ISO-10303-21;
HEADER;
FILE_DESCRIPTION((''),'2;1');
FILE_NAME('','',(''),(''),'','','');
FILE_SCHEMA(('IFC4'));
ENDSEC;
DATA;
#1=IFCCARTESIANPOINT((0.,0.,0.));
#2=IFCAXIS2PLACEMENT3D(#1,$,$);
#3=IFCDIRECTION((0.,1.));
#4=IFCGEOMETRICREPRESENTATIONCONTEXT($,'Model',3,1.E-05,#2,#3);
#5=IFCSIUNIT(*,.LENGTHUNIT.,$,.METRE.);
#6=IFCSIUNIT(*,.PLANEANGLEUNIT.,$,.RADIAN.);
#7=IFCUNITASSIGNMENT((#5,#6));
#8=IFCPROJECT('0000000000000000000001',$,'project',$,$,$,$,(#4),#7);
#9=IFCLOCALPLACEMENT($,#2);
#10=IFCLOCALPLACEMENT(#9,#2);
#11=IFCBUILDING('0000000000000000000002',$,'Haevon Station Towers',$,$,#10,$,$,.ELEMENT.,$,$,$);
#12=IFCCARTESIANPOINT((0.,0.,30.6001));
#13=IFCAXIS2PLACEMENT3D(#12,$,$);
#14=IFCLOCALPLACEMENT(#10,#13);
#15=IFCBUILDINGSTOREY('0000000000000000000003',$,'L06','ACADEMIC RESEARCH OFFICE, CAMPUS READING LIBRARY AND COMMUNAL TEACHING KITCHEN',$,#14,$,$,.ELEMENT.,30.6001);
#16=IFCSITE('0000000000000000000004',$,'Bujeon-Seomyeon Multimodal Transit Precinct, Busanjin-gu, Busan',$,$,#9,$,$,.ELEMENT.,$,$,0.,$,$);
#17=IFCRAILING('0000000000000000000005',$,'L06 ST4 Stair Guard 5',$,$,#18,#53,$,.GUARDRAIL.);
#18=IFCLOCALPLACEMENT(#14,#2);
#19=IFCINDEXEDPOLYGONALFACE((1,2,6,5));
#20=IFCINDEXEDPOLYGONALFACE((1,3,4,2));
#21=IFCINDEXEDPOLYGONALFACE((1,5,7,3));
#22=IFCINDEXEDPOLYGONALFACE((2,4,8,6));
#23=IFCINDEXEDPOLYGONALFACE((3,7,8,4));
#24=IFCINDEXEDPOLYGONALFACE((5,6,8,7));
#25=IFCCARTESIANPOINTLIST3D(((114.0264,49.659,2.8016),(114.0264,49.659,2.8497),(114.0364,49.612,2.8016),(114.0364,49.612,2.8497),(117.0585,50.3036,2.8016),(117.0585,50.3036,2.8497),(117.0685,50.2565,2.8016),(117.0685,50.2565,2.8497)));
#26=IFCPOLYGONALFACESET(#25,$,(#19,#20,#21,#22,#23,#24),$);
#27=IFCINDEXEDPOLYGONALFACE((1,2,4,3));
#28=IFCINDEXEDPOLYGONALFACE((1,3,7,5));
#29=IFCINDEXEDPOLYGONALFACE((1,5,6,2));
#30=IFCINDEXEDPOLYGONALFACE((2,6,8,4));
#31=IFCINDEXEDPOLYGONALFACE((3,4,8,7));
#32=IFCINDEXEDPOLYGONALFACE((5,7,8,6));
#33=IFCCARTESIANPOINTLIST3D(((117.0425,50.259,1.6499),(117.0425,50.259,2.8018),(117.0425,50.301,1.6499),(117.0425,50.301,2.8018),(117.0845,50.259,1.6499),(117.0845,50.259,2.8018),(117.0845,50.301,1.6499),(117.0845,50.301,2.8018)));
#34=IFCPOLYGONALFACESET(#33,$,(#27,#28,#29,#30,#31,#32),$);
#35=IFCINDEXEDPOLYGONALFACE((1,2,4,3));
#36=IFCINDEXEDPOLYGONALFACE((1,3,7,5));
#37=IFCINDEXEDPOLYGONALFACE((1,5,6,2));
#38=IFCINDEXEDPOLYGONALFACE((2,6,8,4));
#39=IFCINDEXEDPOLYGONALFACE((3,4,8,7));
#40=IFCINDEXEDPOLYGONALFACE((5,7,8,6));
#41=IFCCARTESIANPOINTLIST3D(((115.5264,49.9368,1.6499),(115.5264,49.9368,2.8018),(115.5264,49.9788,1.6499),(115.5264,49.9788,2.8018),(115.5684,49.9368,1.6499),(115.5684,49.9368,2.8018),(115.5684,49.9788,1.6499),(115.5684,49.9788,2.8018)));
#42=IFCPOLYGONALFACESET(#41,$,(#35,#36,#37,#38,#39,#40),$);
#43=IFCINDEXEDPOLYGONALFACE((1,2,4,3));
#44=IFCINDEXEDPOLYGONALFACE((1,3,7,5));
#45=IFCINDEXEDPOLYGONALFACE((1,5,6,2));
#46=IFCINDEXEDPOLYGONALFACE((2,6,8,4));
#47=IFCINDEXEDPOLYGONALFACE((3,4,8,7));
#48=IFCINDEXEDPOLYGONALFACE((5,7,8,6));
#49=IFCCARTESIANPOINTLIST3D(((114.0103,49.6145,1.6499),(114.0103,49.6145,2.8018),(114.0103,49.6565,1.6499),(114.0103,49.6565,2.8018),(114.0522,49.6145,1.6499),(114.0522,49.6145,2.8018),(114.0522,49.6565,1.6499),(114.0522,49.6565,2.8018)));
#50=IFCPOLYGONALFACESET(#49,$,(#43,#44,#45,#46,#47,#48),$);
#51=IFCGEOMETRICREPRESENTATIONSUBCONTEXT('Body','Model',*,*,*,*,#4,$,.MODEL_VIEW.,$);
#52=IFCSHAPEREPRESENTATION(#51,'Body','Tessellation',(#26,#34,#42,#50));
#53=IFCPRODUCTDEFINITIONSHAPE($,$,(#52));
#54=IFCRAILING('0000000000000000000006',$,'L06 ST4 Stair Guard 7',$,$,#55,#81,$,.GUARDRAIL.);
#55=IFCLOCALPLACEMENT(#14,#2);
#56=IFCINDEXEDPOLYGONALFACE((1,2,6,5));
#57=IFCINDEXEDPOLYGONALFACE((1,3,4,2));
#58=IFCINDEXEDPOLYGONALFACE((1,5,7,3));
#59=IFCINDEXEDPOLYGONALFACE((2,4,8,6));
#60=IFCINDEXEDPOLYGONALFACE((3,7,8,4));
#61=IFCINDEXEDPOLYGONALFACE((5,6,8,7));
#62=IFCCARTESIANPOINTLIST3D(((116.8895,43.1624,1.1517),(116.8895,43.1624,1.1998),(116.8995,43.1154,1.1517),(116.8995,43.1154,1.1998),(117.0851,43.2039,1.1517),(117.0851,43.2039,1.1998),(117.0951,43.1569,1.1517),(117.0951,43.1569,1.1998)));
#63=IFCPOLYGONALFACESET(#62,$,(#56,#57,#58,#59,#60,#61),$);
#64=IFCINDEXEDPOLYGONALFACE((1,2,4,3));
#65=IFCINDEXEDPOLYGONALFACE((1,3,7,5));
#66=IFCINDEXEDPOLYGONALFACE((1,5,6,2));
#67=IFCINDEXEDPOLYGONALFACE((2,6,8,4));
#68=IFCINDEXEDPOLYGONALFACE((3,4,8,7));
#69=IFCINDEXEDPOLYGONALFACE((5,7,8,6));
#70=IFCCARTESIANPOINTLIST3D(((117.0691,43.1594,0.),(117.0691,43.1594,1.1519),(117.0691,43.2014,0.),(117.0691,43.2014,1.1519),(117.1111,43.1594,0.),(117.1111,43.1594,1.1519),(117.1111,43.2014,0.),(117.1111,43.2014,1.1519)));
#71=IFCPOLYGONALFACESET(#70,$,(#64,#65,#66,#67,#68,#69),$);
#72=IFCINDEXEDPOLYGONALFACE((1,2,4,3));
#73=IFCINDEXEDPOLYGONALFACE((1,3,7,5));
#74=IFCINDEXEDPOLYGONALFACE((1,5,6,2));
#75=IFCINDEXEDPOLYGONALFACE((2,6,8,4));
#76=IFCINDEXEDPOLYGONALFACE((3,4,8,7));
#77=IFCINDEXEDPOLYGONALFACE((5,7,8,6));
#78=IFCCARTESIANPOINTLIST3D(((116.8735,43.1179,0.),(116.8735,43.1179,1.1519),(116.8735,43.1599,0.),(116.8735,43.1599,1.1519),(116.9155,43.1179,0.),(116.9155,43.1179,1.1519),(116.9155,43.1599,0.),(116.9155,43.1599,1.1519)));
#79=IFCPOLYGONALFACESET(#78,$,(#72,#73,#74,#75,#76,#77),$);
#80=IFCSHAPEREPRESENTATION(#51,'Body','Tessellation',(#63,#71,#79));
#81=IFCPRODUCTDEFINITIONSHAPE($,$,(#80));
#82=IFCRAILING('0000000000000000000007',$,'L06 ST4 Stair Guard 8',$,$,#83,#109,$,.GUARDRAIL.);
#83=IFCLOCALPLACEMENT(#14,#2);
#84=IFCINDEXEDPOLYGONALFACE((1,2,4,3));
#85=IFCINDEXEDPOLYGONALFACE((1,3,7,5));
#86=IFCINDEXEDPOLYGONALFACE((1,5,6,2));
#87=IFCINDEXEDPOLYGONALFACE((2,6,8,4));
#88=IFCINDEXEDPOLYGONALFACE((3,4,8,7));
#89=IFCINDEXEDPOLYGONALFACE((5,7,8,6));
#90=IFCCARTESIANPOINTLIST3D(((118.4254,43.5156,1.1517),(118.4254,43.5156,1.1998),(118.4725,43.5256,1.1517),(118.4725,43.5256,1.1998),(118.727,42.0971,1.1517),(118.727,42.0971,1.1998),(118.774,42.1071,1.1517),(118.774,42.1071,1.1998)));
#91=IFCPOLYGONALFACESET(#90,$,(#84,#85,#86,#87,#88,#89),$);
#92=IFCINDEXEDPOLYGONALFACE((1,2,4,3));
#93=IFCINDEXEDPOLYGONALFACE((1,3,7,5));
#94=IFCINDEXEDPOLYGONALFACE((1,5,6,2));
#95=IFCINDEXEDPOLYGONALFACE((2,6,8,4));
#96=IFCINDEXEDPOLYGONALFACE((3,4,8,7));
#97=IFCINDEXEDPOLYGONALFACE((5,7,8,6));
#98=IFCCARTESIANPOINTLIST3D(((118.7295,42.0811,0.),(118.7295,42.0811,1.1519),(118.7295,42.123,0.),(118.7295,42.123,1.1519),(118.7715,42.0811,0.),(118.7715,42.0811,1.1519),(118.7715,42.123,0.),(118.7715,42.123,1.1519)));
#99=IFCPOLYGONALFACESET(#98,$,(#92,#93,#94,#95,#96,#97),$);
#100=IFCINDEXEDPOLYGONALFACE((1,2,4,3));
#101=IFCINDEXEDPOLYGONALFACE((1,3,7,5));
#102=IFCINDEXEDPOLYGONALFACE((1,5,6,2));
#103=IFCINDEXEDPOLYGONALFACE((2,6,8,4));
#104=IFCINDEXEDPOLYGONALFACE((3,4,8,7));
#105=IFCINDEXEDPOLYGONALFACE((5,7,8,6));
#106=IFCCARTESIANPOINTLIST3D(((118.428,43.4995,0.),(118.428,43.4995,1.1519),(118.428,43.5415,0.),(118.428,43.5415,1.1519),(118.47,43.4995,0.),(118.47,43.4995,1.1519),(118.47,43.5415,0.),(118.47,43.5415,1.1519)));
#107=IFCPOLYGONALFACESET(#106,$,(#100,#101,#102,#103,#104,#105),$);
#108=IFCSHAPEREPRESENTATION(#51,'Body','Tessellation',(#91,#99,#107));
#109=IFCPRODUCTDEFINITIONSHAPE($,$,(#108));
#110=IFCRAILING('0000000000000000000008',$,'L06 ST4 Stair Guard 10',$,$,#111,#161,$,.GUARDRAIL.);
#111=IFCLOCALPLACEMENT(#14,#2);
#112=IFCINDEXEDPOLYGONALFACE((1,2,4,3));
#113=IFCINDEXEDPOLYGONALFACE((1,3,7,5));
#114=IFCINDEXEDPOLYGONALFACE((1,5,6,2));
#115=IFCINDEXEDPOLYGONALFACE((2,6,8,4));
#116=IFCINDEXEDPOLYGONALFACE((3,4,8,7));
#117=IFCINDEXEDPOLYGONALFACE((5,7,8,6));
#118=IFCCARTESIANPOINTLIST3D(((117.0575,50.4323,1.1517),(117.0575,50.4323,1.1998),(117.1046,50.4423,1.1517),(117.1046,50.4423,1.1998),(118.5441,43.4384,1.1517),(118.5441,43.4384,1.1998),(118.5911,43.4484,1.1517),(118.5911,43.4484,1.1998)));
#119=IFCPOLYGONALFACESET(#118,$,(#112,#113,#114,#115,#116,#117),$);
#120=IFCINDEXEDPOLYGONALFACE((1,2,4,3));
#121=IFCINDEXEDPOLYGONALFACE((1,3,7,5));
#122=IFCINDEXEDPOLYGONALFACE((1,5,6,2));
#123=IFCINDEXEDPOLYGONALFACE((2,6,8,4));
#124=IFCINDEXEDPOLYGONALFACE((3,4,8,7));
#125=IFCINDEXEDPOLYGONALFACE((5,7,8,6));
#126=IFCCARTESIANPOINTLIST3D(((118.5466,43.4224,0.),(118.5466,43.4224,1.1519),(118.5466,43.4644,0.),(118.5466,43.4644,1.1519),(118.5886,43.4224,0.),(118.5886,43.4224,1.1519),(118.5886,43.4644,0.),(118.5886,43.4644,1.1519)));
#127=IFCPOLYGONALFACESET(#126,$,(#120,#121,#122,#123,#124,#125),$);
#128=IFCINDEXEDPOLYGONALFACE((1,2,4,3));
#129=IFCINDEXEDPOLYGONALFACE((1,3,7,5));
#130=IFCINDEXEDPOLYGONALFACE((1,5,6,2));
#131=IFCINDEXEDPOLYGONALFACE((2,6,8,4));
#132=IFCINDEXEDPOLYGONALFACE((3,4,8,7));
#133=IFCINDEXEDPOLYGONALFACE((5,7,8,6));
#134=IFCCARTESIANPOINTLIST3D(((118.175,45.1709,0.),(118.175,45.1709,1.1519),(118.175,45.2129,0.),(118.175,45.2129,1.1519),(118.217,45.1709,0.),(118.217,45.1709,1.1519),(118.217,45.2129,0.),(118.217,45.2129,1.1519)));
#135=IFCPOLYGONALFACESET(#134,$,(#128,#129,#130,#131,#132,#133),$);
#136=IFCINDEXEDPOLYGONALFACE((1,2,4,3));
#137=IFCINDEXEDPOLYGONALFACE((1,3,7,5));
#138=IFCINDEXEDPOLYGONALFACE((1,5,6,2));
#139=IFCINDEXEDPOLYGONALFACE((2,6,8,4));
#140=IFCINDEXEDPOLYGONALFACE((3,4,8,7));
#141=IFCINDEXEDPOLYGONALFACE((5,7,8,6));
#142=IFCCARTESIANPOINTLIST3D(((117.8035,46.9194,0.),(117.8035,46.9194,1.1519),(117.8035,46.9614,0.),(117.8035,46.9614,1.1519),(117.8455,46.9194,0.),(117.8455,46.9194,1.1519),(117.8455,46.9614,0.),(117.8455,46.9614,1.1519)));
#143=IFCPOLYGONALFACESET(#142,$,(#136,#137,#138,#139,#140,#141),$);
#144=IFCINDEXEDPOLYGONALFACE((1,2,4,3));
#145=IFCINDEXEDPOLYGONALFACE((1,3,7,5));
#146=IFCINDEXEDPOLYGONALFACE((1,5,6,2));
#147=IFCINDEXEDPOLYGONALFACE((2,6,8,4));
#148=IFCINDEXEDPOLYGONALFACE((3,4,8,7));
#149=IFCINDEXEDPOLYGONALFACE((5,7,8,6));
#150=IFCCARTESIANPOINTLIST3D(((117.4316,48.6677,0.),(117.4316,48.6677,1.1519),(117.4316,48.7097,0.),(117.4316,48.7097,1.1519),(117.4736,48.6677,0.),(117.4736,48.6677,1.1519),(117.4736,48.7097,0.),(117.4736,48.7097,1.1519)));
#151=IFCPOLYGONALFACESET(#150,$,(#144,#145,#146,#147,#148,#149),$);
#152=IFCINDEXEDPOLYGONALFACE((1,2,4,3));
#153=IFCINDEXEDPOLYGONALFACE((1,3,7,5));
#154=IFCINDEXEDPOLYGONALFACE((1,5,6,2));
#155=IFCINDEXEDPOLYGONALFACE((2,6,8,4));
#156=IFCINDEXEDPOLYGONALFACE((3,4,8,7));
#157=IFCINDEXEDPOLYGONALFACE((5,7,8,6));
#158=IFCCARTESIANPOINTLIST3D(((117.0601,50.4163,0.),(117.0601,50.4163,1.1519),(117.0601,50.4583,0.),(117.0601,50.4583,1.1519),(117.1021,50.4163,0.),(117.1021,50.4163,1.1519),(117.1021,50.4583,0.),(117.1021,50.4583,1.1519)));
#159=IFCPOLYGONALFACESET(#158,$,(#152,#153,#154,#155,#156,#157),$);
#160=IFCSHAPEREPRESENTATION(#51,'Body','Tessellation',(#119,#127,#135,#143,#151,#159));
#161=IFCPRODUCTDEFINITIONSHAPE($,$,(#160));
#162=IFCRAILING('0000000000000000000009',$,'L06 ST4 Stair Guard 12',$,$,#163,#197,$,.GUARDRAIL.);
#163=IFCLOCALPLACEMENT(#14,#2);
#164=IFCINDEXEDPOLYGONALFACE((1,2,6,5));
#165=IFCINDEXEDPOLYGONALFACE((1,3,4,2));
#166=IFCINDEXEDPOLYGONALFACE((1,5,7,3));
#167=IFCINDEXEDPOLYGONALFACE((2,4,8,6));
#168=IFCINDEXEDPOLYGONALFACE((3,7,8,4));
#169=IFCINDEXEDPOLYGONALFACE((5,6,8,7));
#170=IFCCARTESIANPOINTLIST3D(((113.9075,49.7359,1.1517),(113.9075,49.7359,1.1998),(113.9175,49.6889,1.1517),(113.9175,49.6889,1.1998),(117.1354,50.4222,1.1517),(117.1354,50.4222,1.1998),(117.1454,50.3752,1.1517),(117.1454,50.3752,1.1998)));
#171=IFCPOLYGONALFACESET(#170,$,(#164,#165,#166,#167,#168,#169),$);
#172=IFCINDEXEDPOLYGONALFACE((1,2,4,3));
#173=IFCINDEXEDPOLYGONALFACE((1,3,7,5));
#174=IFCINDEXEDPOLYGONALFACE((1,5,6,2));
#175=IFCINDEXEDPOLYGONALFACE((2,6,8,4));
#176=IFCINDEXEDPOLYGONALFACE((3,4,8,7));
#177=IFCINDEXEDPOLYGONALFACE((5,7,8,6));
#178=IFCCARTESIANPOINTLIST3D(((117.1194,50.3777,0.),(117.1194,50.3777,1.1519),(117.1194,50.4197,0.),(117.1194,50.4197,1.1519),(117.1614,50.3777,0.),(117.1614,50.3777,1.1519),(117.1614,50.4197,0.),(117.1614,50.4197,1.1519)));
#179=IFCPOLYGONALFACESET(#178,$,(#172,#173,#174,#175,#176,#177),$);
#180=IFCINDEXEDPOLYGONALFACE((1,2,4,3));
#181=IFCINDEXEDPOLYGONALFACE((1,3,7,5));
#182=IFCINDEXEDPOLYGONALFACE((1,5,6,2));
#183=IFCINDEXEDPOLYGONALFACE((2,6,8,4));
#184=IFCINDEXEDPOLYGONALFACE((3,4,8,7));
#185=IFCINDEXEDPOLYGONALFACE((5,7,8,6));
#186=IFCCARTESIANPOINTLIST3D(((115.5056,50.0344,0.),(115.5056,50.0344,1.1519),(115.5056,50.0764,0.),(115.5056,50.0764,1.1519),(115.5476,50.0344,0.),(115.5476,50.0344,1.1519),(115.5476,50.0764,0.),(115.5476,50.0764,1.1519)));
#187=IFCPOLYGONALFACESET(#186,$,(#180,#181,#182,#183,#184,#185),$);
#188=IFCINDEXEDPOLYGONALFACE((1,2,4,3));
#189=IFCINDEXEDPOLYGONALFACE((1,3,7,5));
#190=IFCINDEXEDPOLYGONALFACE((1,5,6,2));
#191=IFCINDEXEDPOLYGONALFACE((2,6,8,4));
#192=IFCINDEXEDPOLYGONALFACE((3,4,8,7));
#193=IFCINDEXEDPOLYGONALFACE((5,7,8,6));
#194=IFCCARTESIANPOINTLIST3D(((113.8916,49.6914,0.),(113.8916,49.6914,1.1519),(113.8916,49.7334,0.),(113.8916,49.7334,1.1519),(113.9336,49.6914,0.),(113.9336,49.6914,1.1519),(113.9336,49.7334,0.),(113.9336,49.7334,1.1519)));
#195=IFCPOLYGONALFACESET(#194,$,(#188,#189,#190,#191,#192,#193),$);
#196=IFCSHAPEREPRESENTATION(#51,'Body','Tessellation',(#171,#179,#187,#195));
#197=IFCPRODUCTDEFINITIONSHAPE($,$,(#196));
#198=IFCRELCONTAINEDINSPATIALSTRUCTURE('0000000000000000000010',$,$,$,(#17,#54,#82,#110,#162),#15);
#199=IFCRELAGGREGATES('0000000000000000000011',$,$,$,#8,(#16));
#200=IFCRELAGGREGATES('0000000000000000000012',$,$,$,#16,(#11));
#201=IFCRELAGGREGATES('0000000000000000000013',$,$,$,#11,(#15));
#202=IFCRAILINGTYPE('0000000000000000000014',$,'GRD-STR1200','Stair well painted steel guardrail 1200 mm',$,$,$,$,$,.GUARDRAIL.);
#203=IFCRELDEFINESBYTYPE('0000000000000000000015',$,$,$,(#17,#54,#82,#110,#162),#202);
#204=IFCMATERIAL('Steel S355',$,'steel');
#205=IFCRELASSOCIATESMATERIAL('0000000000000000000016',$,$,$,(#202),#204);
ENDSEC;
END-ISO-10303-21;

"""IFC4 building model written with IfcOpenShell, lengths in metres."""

from ifc_helpers import new_model, si_unit, direction, frame, origin, origin_2d, place, context, subcontext, project, spatial, rectangle, extrude, material, type_object, element, save


model = new_model("IFC4")

# Units and contexts
model_context = context("Model", 3, precision=1e-05, world=origin(), true_north=direction((0.0, 1.0)))
body_context = subcontext(model_context, "Body", "Model", "MODEL_VIEW")
ifc_project = project(units=[si_unit("LENGTHUNIT", "METRE"), si_unit("PLANEANGLEUNIT", "RADIAN")], contexts=[model_context])

# Site, building, storey
site_placement = place(None, origin())
site = spatial("IfcSite", under=ifc_project, at=site_placement, Name="Bujeon-Seomyeon Multimodal Transit Precinct, Busanjin-gu, Busan", CompositionType="ELEMENT", RefElevation=0.0)
building_placement = place(site_placement, origin())
building = spatial("IfcBuilding", under=site, at=building_placement, Name="Haevon Station Towers", CompositionType="ELEMENT")
storey_placement = place(building_placement, frame((0.0, 0.0, 30.6001)))
storey = spatial("IfcBuildingStorey", under=building, at=storey_placement, Name="L06", Description="ACADEMIC RESEARCH OFFICE, CAMPUS READING LIBRARY AND COMMUNAL TEACHING KITCHEN", CompositionType="ELEMENT", Elevation=30.6001)

# Shared definitions
ifc_material_1 = material(Name="Steel S355", Category="steel")

# Railings
railing_type_1 = type_object("IfcRailingType", Name="GRD-STR1200", Description="Stair well painted steel guardrail 1200 mm", PredefinedType="GUARDRAIL", material=ifc_material_1)
railing_1_placement = place(storey_placement, frame((117.0635, 50.28, 1.6499)))
element("IfcRailing", 1, at=railing_1_placement, inside=storey, type_object=railing_type_1, Name="L06 ST4 Stair Guard 5", PredefinedType="GUARDRAIL", context=body_context, shape_type="SweptSolid", body=[
    extrude(rectangle(XDim=0.0481, YDim=0.0481, at=origin_2d()), frame((0.0, 0.0, 1.1758), z_axis=(-0.978147, -0.207915, 0.0), x_axis=(0.207915, -0.978147, 0.0)), (0.0, 0.0, 1.0), 3.0999),
    extrude(rectangle(XDim=0.042, YDim=0.042, at=origin_2d()), origin(), (0.0, 0.0, 1.0), 1.1519),
    extrude(rectangle(XDim=0.042, YDim=0.042, at=origin_2d()), frame((-1.5161, -0.3223, 0.0)), (0.0, 0.0, 1.0), 1.1519),
    extrude(rectangle(XDim=0.042, YDim=0.042, at=origin_2d()), frame((-3.0322, -0.6445, 0.0)), (0.0, 0.0, 1.0), 1.1519),
])
railing_2_placement = place(storey_placement, frame((117.0901, 43.1804, 0.0)))
element("IfcRailing", 2, at=railing_2_placement, inside=storey, type_object=railing_type_1, Name="L06 ST4 Stair Guard 7", PredefinedType="GUARDRAIL", context=body_context, shape_type="SweptSolid", body=[
    extrude(rectangle(XDim=0.0481, YDim=0.0481, at=origin_2d()), frame((0.0, 0.0, 1.1758), z_axis=(-0.978212, -0.20761, 0.0), x_axis=(0.20761, -0.978212, 0.0)), (0.0, 0.0, 1.0), 0.2),
    extrude(rectangle(XDim=0.042, YDim=0.042, at=origin_2d()), origin(), (0.0, 0.0, 1.0), 1.1519),
    extrude(rectangle(XDim=0.042, YDim=0.042, at=origin_2d()), frame((-0.1956, -0.0415, 0.0)), (0.0, 0.0, 1.0), 1.1519),
])
railing_3_placement = place(storey_placement, frame((118.7505, 42.1021, 0.0)))
element("IfcRailing", 3, at=railing_3_placement, inside=storey, type_object=railing_type_1, Name="L06 ST4 Stair Guard 8", PredefinedType="GUARDRAIL", context=body_context, shape_type="SweptSolid", body=[
    extrude(rectangle(XDim=0.0481, YDim=0.0481, at=origin_2d()), frame((0.0, 0.0, 1.1758), z_axis=(-0.207919, 0.978146, 0.0), x_axis=(-0.978146, -0.207919, 0.0)), (0.0, 0.0, 1.0), 1.4502),
    extrude(rectangle(XDim=0.042, YDim=0.042, at=origin_2d()), origin(), (0.0, 0.0, 1.0), 1.1519),
    extrude(rectangle(XDim=0.042, YDim=0.042, at=origin_2d()), frame((-0.3015, 1.4185, 0.0)), (0.0, 0.0, 1.0), 1.1519),
])
railing_4_placement = place(storey_placement, frame((118.5676, 43.4434, 0.0)))
element("IfcRailing", 4, at=railing_4_placement, inside=storey, type_object=railing_type_1, Name="L06 ST4 Stair Guard 10", PredefinedType="GUARDRAIL", context=body_context, shape_type="SweptSolid", body=[
    extrude(rectangle(XDim=0.0481, YDim=0.0481, at=origin_2d()), frame((0.0, 0.0, 1.1758), z_axis=(-0.207908, 0.978148, 0.0), x_axis=(-0.978148, -0.207908, 0.0)), (0.0, 0.0, 1.0), 7.1501),
    extrude(rectangle(XDim=0.042, YDim=0.042, at=origin_2d()), origin(), (0.0, 0.0, 1.0), 1.1519),
    extrude(rectangle(XDim=0.042, YDim=0.042, at=origin_2d()), frame((-0.3716, 1.7485, 0.0)), (0.0, 0.0, 1.0), 1.1519),
    extrude(rectangle(XDim=0.042, YDim=0.042, at=origin_2d()), frame((-0.7432, 3.4971, 0.0)), (0.0, 0.0, 1.0), 1.1519),
    extrude(rectangle(XDim=0.042, YDim=0.042, at=origin_2d()), frame((-1.115, 5.2454, 0.0)), (0.0, 0.0, 1.0), 1.1519),
    extrude(rectangle(XDim=0.042, YDim=0.042, at=origin_2d()), frame((-1.4866, 6.9939, 0.0)), (0.0, 0.0, 1.0), 1.1519),
])
railing_5_placement = place(storey_placement, frame((117.1404, 50.3987, 0.0)))
element("IfcRailing", 5, at=railing_5_placement, inside=storey, type_object=railing_type_1, Name="L06 ST4 Stair Guard 12", PredefinedType="GUARDRAIL", context=body_context, shape_type="SweptSolid", body=[
    extrude(rectangle(XDim=0.0481, YDim=0.0481, at=origin_2d()), frame((0.0, 0.0, 1.1758), z_axis=(-0.978136, -0.207968, 0.0), x_axis=(0.207968, -0.978136, 0.0)), (0.0, 0.0, 1.0), 3.3),
    extrude(rectangle(XDim=0.042, YDim=0.042, at=origin_2d()), origin(), (0.0, 0.0, 1.0), 1.1519),
    extrude(rectangle(XDim=0.042, YDim=0.042, at=origin_2d()), frame((-1.6138, -0.3433, 0.0)), (0.0, 0.0, 1.0), 1.1519),
    extrude(rectangle(XDim=0.042, YDim=0.042, at=origin_2d()), frame((-3.2278, -0.6863, 0.0)), (0.0, 0.0, 1.0), 1.1519),
])

save(model, "model.ifc")
